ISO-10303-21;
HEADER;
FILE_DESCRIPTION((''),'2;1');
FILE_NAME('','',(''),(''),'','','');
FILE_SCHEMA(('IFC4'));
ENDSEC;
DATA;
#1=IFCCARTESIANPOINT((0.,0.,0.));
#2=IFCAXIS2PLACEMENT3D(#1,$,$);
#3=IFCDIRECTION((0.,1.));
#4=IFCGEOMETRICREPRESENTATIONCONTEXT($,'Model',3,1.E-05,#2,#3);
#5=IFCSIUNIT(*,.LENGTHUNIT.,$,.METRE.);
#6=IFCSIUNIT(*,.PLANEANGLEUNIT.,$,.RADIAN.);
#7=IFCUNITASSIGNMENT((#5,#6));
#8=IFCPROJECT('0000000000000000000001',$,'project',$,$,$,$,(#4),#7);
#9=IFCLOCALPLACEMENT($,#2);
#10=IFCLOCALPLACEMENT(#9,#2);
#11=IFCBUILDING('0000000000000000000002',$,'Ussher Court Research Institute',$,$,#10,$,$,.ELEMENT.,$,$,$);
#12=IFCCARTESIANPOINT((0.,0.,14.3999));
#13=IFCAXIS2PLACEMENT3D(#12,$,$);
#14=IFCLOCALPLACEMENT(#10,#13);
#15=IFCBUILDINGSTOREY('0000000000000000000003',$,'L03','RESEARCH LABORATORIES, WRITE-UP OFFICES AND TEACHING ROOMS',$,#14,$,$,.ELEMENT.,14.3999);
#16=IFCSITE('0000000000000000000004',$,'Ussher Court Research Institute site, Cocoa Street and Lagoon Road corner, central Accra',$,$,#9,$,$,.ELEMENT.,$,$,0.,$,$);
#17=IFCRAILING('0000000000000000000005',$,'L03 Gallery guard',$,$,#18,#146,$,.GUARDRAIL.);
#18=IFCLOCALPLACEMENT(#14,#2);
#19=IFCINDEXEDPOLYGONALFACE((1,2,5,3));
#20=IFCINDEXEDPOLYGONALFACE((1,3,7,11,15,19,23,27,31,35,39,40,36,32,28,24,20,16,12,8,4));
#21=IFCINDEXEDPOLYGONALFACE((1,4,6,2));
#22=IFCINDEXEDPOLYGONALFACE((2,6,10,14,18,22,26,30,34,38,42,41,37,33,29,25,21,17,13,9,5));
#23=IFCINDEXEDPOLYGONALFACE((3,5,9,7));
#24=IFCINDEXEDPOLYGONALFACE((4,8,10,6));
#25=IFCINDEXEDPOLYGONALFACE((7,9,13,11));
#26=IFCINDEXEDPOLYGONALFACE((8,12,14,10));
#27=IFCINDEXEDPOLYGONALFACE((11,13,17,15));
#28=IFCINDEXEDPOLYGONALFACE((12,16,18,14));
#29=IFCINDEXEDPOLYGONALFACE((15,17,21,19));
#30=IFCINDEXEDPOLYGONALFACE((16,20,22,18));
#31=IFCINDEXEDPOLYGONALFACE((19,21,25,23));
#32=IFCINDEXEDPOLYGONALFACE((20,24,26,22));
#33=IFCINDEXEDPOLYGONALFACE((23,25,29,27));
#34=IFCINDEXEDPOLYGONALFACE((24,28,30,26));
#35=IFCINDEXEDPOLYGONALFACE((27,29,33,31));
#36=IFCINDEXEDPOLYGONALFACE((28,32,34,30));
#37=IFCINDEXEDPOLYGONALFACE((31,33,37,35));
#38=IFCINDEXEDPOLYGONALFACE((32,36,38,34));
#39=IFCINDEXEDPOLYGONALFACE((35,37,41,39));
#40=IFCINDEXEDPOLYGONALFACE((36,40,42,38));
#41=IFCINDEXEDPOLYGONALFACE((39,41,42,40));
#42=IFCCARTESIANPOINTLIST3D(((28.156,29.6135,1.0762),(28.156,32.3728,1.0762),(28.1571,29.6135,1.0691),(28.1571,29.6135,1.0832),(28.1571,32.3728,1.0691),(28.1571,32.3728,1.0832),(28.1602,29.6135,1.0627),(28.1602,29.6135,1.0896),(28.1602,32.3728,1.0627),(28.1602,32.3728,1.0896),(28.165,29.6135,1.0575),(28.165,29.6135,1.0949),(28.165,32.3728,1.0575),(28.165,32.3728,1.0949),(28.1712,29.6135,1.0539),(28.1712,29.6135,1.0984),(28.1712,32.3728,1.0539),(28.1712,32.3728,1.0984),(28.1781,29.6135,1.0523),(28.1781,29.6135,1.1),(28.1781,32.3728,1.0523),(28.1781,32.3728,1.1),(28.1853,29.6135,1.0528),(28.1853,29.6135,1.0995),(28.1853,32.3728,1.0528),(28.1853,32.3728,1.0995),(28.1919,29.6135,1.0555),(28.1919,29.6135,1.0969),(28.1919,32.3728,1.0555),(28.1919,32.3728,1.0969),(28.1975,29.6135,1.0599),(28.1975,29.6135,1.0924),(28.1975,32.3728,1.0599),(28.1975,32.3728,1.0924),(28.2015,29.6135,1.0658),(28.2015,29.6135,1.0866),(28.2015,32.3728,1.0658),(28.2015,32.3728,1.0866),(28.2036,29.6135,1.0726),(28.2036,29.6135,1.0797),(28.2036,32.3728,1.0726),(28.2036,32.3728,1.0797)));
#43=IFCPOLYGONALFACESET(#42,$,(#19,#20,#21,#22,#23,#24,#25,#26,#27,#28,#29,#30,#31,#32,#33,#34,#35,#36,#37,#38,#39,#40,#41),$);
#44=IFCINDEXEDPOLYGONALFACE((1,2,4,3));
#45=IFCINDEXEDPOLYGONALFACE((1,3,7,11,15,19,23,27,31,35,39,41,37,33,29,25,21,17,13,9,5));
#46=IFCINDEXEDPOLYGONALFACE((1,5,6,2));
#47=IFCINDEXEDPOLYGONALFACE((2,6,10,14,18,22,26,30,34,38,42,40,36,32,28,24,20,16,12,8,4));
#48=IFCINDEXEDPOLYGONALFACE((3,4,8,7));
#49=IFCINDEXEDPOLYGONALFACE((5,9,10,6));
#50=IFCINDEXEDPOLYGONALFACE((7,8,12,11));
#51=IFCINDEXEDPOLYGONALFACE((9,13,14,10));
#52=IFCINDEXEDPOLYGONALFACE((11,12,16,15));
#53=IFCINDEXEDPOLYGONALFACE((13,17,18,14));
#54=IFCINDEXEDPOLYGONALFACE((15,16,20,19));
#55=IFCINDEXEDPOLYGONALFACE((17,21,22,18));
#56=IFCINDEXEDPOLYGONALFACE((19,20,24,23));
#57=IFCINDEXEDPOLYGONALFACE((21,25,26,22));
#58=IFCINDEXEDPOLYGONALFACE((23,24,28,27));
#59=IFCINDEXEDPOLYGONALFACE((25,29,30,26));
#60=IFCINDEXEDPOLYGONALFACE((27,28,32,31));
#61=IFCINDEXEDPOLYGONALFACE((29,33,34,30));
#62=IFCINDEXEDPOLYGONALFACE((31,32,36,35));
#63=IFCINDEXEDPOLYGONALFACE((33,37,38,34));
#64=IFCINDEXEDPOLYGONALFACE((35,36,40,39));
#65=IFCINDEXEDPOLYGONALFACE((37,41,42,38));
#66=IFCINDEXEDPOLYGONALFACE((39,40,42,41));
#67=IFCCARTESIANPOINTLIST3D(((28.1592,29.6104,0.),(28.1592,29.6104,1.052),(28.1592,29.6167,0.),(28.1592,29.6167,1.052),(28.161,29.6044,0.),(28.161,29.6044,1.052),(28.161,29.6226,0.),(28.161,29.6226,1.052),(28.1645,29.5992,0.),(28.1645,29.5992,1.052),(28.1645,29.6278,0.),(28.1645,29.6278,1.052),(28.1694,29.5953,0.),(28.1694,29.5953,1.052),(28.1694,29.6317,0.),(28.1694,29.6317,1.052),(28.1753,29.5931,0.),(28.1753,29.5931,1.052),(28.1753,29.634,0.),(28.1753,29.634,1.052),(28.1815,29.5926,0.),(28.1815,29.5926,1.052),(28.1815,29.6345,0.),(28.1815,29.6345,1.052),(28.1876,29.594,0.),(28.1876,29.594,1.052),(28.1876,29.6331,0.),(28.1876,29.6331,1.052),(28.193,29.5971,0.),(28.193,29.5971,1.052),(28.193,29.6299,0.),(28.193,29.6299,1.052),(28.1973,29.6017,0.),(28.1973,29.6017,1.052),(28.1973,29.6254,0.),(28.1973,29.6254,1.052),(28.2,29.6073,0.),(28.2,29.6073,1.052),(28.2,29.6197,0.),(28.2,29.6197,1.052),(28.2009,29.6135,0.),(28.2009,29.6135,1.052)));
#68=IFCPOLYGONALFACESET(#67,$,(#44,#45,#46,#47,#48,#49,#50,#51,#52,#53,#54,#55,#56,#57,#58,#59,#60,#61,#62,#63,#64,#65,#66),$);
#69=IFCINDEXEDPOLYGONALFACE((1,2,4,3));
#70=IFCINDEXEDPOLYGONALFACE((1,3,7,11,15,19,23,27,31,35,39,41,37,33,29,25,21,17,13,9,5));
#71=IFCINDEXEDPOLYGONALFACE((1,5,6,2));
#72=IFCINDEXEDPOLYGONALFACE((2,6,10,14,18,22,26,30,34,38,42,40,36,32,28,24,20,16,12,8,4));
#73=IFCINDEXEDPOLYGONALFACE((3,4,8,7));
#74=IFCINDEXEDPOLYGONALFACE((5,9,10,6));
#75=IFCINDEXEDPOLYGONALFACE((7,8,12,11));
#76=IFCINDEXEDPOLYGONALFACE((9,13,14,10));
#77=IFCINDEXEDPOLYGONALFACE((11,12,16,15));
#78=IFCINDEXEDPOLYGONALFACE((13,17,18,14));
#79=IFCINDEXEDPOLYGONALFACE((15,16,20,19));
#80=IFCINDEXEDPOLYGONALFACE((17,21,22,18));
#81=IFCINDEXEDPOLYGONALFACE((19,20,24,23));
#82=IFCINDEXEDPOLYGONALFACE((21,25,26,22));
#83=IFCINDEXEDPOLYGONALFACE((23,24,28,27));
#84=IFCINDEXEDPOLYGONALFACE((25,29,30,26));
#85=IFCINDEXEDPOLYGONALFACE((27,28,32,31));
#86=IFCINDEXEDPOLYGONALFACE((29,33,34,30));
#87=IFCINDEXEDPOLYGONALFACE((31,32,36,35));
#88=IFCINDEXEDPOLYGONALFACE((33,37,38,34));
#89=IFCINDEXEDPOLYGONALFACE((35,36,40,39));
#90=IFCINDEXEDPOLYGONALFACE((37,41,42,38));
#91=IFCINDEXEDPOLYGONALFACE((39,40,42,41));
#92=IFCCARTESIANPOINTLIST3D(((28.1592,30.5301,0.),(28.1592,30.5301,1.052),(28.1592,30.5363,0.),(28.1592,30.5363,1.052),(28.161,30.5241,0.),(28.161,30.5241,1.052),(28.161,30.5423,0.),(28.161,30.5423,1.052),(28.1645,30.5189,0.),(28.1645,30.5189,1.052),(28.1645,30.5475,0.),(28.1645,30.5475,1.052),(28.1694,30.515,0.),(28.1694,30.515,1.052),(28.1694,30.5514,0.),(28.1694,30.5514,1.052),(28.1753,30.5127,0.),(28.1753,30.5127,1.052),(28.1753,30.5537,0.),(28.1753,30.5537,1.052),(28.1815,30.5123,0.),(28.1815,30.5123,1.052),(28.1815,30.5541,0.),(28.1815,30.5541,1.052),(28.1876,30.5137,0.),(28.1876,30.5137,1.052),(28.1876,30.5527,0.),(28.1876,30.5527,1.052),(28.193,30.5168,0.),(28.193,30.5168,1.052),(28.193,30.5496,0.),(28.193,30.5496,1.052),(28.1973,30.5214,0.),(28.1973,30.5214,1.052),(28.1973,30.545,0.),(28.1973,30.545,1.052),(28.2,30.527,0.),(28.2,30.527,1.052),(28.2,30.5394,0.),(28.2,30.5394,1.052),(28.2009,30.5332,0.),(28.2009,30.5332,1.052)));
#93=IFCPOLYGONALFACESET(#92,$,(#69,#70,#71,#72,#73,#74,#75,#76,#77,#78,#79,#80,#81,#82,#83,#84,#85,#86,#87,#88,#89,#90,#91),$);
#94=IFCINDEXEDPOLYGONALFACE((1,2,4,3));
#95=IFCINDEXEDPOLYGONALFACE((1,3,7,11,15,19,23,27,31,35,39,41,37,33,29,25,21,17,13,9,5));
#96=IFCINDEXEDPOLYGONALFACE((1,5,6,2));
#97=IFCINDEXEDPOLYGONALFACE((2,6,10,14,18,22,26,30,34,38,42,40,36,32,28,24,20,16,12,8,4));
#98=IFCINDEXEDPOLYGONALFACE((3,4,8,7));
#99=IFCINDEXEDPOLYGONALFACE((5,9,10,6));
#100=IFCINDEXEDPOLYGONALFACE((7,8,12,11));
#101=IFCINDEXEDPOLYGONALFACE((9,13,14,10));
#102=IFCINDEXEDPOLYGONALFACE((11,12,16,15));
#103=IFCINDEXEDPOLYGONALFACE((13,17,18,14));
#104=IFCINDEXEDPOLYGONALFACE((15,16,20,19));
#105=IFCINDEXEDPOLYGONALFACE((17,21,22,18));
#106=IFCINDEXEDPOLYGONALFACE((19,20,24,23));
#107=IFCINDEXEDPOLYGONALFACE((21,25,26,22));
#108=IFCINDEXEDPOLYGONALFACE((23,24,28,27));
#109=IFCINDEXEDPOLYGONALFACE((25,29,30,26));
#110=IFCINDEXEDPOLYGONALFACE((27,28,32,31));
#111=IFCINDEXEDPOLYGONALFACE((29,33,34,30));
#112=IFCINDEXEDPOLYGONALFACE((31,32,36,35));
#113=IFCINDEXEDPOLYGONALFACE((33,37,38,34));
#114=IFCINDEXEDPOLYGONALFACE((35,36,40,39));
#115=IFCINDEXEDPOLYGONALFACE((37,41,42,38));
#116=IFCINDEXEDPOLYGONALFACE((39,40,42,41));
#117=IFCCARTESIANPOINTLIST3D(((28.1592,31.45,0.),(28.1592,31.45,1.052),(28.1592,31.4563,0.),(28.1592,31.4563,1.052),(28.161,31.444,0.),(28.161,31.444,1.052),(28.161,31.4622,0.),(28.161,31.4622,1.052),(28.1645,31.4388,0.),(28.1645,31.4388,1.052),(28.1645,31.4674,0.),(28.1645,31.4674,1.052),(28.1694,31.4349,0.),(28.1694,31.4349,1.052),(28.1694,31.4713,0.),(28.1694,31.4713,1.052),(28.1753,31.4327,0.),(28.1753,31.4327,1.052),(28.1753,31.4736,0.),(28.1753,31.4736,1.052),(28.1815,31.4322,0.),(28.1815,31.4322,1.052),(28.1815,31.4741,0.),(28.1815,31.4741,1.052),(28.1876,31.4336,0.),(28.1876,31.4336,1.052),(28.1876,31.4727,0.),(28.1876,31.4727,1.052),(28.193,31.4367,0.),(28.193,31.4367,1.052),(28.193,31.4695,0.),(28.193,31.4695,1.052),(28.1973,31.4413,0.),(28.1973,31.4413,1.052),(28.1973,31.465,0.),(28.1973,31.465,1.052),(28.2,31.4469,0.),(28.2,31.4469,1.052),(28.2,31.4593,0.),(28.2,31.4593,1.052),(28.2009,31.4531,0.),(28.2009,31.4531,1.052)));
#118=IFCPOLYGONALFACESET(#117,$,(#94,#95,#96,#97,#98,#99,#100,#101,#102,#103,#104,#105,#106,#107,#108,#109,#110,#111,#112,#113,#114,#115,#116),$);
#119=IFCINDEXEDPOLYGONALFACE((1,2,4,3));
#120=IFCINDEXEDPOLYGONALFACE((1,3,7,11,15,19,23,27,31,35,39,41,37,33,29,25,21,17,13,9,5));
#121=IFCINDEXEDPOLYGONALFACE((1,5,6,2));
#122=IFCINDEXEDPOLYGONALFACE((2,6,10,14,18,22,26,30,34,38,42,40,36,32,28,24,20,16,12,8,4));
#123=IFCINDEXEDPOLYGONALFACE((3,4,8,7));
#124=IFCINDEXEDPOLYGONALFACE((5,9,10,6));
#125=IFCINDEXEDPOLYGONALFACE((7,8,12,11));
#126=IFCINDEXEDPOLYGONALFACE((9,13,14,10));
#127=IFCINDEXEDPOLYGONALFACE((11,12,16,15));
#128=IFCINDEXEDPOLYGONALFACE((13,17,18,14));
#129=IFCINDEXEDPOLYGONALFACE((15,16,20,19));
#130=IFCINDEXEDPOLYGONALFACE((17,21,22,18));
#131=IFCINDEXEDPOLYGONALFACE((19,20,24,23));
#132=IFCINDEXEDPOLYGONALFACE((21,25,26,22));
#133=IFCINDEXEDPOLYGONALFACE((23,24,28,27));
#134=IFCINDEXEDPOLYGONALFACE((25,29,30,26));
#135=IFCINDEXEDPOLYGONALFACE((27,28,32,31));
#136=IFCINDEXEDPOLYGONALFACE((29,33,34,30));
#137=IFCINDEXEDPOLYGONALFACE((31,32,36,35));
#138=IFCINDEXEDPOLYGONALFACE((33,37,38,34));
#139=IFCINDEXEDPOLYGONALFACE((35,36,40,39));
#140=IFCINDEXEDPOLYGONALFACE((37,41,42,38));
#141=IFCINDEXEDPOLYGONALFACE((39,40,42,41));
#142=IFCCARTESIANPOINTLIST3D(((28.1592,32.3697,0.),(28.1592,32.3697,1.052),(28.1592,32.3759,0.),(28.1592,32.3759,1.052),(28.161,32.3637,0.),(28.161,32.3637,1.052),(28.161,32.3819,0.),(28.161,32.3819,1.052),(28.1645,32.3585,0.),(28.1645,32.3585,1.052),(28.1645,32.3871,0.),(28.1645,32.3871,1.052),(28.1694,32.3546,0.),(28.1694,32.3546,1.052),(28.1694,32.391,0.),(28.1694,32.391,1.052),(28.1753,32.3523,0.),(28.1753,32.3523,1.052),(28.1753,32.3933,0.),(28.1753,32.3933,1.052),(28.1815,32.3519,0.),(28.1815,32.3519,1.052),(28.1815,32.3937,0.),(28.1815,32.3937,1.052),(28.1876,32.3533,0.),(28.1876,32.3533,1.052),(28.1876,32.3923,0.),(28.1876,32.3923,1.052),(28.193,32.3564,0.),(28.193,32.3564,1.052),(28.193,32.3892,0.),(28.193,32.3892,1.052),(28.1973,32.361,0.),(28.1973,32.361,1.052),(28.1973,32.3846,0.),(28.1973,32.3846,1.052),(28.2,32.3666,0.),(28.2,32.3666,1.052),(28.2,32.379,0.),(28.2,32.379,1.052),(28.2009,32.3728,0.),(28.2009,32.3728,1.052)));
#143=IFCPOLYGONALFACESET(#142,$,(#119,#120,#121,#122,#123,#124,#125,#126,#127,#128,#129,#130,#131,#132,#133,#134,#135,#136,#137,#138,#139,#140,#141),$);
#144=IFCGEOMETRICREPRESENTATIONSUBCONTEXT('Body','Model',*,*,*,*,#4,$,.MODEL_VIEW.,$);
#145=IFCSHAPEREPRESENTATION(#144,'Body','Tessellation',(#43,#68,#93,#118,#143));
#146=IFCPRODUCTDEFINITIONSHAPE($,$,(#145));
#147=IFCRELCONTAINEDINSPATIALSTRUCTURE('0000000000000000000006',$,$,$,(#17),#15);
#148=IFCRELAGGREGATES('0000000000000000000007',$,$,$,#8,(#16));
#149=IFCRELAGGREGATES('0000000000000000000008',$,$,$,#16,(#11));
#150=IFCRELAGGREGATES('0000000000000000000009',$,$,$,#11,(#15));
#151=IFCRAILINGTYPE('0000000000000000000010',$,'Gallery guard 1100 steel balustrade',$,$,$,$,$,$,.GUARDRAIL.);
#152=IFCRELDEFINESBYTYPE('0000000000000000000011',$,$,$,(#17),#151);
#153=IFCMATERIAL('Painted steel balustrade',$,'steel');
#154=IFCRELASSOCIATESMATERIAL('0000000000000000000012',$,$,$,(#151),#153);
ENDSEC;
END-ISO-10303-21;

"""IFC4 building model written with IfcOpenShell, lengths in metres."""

from ifc_helpers import new_model, si_unit, direction, frame, origin, origin_2d, place, context, subcontext, project, spatial, circle, extrude, material, type_object, element, save


model = new_model("IFC4")

# Units and contexts
model_context = context("Model", 3, precision=1e-05, world=origin(), true_north=direction((0.0, 1.0)))
body_context = subcontext(model_context, "Body", "Model", "MODEL_VIEW")
ifc_project = project(units=[si_unit("LENGTHUNIT", "METRE"), si_unit("PLANEANGLEUNIT", "RADIAN")], contexts=[model_context])

# Site, building, storey
site_placement = place(None, origin())
site = spatial("IfcSite", under=ifc_project, at=site_placement, Name="Ussher Court Research Institute site, Cocoa Street and Lagoon Road corner, central Accra", CompositionType="ELEMENT", RefElevation=0.0)
building_placement = place(site_placement, origin())
building = spatial("IfcBuilding", under=site, at=building_placement, Name="Ussher Court Research Institute", CompositionType="ELEMENT")
storey_placement = place(building_placement, frame((0.0, 0.0, 14.3999)))
storey = spatial("IfcBuildingStorey", under=building, at=storey_placement, Name="L03", Description="RESEARCH LABORATORIES, WRITE-UP OFFICES AND TEACHING ROOMS", CompositionType="ELEMENT", Elevation=14.3999)

# Railing
ifc_material_1 = material(Name="Painted steel balustrade", Category="steel")
railing_type = type_object("IfcRailingType", Name="Gallery guard 1100 steel balustrade", PredefinedType="GUARDRAIL", material=ifc_material_1)
for number, where, name in (
    (1, (28.1799, 29.6135, 0.0), "L03 Gallery guard"),
):
    element("IfcRailing", number, at=place(storey_placement, frame(where)), inside=storey, type_object=railing_type, Name=name, PredefinedType="GUARDRAIL", context=body_context, shape_type="SweptSolid", body=[
        extrude(circle(Radius=0.0239, at=origin_2d()), frame((0.0, 0.0, 1.0762), z_axis=(0.0, 1.0, 0.0), x_axis=(-1.0, 0.0, 0.0)), (0.0, 0.0, 1.0), 2.7593),
        extrude(circle(Radius=0.021, at=origin_2d()), origin(), (0.0, 0.0, 1.0), 1.052),
        extrude(circle(Radius=0.021, at=origin_2d()), frame((0.0, 0.9197, 0.0)), (0.0, 0.0, 1.0), 1.052),
        extrude(circle(Radius=0.021, at=origin_2d()), frame((0.0, 1.8396, 0.0)), (0.0, 0.0, 1.0), 1.052),
        extrude(circle(Radius=0.021, at=origin_2d()), frame((0.0, 2.7593, 0.0)), (0.0, 0.0, 1.0), 1.052),
    ])

save(model, "model.ifc")
